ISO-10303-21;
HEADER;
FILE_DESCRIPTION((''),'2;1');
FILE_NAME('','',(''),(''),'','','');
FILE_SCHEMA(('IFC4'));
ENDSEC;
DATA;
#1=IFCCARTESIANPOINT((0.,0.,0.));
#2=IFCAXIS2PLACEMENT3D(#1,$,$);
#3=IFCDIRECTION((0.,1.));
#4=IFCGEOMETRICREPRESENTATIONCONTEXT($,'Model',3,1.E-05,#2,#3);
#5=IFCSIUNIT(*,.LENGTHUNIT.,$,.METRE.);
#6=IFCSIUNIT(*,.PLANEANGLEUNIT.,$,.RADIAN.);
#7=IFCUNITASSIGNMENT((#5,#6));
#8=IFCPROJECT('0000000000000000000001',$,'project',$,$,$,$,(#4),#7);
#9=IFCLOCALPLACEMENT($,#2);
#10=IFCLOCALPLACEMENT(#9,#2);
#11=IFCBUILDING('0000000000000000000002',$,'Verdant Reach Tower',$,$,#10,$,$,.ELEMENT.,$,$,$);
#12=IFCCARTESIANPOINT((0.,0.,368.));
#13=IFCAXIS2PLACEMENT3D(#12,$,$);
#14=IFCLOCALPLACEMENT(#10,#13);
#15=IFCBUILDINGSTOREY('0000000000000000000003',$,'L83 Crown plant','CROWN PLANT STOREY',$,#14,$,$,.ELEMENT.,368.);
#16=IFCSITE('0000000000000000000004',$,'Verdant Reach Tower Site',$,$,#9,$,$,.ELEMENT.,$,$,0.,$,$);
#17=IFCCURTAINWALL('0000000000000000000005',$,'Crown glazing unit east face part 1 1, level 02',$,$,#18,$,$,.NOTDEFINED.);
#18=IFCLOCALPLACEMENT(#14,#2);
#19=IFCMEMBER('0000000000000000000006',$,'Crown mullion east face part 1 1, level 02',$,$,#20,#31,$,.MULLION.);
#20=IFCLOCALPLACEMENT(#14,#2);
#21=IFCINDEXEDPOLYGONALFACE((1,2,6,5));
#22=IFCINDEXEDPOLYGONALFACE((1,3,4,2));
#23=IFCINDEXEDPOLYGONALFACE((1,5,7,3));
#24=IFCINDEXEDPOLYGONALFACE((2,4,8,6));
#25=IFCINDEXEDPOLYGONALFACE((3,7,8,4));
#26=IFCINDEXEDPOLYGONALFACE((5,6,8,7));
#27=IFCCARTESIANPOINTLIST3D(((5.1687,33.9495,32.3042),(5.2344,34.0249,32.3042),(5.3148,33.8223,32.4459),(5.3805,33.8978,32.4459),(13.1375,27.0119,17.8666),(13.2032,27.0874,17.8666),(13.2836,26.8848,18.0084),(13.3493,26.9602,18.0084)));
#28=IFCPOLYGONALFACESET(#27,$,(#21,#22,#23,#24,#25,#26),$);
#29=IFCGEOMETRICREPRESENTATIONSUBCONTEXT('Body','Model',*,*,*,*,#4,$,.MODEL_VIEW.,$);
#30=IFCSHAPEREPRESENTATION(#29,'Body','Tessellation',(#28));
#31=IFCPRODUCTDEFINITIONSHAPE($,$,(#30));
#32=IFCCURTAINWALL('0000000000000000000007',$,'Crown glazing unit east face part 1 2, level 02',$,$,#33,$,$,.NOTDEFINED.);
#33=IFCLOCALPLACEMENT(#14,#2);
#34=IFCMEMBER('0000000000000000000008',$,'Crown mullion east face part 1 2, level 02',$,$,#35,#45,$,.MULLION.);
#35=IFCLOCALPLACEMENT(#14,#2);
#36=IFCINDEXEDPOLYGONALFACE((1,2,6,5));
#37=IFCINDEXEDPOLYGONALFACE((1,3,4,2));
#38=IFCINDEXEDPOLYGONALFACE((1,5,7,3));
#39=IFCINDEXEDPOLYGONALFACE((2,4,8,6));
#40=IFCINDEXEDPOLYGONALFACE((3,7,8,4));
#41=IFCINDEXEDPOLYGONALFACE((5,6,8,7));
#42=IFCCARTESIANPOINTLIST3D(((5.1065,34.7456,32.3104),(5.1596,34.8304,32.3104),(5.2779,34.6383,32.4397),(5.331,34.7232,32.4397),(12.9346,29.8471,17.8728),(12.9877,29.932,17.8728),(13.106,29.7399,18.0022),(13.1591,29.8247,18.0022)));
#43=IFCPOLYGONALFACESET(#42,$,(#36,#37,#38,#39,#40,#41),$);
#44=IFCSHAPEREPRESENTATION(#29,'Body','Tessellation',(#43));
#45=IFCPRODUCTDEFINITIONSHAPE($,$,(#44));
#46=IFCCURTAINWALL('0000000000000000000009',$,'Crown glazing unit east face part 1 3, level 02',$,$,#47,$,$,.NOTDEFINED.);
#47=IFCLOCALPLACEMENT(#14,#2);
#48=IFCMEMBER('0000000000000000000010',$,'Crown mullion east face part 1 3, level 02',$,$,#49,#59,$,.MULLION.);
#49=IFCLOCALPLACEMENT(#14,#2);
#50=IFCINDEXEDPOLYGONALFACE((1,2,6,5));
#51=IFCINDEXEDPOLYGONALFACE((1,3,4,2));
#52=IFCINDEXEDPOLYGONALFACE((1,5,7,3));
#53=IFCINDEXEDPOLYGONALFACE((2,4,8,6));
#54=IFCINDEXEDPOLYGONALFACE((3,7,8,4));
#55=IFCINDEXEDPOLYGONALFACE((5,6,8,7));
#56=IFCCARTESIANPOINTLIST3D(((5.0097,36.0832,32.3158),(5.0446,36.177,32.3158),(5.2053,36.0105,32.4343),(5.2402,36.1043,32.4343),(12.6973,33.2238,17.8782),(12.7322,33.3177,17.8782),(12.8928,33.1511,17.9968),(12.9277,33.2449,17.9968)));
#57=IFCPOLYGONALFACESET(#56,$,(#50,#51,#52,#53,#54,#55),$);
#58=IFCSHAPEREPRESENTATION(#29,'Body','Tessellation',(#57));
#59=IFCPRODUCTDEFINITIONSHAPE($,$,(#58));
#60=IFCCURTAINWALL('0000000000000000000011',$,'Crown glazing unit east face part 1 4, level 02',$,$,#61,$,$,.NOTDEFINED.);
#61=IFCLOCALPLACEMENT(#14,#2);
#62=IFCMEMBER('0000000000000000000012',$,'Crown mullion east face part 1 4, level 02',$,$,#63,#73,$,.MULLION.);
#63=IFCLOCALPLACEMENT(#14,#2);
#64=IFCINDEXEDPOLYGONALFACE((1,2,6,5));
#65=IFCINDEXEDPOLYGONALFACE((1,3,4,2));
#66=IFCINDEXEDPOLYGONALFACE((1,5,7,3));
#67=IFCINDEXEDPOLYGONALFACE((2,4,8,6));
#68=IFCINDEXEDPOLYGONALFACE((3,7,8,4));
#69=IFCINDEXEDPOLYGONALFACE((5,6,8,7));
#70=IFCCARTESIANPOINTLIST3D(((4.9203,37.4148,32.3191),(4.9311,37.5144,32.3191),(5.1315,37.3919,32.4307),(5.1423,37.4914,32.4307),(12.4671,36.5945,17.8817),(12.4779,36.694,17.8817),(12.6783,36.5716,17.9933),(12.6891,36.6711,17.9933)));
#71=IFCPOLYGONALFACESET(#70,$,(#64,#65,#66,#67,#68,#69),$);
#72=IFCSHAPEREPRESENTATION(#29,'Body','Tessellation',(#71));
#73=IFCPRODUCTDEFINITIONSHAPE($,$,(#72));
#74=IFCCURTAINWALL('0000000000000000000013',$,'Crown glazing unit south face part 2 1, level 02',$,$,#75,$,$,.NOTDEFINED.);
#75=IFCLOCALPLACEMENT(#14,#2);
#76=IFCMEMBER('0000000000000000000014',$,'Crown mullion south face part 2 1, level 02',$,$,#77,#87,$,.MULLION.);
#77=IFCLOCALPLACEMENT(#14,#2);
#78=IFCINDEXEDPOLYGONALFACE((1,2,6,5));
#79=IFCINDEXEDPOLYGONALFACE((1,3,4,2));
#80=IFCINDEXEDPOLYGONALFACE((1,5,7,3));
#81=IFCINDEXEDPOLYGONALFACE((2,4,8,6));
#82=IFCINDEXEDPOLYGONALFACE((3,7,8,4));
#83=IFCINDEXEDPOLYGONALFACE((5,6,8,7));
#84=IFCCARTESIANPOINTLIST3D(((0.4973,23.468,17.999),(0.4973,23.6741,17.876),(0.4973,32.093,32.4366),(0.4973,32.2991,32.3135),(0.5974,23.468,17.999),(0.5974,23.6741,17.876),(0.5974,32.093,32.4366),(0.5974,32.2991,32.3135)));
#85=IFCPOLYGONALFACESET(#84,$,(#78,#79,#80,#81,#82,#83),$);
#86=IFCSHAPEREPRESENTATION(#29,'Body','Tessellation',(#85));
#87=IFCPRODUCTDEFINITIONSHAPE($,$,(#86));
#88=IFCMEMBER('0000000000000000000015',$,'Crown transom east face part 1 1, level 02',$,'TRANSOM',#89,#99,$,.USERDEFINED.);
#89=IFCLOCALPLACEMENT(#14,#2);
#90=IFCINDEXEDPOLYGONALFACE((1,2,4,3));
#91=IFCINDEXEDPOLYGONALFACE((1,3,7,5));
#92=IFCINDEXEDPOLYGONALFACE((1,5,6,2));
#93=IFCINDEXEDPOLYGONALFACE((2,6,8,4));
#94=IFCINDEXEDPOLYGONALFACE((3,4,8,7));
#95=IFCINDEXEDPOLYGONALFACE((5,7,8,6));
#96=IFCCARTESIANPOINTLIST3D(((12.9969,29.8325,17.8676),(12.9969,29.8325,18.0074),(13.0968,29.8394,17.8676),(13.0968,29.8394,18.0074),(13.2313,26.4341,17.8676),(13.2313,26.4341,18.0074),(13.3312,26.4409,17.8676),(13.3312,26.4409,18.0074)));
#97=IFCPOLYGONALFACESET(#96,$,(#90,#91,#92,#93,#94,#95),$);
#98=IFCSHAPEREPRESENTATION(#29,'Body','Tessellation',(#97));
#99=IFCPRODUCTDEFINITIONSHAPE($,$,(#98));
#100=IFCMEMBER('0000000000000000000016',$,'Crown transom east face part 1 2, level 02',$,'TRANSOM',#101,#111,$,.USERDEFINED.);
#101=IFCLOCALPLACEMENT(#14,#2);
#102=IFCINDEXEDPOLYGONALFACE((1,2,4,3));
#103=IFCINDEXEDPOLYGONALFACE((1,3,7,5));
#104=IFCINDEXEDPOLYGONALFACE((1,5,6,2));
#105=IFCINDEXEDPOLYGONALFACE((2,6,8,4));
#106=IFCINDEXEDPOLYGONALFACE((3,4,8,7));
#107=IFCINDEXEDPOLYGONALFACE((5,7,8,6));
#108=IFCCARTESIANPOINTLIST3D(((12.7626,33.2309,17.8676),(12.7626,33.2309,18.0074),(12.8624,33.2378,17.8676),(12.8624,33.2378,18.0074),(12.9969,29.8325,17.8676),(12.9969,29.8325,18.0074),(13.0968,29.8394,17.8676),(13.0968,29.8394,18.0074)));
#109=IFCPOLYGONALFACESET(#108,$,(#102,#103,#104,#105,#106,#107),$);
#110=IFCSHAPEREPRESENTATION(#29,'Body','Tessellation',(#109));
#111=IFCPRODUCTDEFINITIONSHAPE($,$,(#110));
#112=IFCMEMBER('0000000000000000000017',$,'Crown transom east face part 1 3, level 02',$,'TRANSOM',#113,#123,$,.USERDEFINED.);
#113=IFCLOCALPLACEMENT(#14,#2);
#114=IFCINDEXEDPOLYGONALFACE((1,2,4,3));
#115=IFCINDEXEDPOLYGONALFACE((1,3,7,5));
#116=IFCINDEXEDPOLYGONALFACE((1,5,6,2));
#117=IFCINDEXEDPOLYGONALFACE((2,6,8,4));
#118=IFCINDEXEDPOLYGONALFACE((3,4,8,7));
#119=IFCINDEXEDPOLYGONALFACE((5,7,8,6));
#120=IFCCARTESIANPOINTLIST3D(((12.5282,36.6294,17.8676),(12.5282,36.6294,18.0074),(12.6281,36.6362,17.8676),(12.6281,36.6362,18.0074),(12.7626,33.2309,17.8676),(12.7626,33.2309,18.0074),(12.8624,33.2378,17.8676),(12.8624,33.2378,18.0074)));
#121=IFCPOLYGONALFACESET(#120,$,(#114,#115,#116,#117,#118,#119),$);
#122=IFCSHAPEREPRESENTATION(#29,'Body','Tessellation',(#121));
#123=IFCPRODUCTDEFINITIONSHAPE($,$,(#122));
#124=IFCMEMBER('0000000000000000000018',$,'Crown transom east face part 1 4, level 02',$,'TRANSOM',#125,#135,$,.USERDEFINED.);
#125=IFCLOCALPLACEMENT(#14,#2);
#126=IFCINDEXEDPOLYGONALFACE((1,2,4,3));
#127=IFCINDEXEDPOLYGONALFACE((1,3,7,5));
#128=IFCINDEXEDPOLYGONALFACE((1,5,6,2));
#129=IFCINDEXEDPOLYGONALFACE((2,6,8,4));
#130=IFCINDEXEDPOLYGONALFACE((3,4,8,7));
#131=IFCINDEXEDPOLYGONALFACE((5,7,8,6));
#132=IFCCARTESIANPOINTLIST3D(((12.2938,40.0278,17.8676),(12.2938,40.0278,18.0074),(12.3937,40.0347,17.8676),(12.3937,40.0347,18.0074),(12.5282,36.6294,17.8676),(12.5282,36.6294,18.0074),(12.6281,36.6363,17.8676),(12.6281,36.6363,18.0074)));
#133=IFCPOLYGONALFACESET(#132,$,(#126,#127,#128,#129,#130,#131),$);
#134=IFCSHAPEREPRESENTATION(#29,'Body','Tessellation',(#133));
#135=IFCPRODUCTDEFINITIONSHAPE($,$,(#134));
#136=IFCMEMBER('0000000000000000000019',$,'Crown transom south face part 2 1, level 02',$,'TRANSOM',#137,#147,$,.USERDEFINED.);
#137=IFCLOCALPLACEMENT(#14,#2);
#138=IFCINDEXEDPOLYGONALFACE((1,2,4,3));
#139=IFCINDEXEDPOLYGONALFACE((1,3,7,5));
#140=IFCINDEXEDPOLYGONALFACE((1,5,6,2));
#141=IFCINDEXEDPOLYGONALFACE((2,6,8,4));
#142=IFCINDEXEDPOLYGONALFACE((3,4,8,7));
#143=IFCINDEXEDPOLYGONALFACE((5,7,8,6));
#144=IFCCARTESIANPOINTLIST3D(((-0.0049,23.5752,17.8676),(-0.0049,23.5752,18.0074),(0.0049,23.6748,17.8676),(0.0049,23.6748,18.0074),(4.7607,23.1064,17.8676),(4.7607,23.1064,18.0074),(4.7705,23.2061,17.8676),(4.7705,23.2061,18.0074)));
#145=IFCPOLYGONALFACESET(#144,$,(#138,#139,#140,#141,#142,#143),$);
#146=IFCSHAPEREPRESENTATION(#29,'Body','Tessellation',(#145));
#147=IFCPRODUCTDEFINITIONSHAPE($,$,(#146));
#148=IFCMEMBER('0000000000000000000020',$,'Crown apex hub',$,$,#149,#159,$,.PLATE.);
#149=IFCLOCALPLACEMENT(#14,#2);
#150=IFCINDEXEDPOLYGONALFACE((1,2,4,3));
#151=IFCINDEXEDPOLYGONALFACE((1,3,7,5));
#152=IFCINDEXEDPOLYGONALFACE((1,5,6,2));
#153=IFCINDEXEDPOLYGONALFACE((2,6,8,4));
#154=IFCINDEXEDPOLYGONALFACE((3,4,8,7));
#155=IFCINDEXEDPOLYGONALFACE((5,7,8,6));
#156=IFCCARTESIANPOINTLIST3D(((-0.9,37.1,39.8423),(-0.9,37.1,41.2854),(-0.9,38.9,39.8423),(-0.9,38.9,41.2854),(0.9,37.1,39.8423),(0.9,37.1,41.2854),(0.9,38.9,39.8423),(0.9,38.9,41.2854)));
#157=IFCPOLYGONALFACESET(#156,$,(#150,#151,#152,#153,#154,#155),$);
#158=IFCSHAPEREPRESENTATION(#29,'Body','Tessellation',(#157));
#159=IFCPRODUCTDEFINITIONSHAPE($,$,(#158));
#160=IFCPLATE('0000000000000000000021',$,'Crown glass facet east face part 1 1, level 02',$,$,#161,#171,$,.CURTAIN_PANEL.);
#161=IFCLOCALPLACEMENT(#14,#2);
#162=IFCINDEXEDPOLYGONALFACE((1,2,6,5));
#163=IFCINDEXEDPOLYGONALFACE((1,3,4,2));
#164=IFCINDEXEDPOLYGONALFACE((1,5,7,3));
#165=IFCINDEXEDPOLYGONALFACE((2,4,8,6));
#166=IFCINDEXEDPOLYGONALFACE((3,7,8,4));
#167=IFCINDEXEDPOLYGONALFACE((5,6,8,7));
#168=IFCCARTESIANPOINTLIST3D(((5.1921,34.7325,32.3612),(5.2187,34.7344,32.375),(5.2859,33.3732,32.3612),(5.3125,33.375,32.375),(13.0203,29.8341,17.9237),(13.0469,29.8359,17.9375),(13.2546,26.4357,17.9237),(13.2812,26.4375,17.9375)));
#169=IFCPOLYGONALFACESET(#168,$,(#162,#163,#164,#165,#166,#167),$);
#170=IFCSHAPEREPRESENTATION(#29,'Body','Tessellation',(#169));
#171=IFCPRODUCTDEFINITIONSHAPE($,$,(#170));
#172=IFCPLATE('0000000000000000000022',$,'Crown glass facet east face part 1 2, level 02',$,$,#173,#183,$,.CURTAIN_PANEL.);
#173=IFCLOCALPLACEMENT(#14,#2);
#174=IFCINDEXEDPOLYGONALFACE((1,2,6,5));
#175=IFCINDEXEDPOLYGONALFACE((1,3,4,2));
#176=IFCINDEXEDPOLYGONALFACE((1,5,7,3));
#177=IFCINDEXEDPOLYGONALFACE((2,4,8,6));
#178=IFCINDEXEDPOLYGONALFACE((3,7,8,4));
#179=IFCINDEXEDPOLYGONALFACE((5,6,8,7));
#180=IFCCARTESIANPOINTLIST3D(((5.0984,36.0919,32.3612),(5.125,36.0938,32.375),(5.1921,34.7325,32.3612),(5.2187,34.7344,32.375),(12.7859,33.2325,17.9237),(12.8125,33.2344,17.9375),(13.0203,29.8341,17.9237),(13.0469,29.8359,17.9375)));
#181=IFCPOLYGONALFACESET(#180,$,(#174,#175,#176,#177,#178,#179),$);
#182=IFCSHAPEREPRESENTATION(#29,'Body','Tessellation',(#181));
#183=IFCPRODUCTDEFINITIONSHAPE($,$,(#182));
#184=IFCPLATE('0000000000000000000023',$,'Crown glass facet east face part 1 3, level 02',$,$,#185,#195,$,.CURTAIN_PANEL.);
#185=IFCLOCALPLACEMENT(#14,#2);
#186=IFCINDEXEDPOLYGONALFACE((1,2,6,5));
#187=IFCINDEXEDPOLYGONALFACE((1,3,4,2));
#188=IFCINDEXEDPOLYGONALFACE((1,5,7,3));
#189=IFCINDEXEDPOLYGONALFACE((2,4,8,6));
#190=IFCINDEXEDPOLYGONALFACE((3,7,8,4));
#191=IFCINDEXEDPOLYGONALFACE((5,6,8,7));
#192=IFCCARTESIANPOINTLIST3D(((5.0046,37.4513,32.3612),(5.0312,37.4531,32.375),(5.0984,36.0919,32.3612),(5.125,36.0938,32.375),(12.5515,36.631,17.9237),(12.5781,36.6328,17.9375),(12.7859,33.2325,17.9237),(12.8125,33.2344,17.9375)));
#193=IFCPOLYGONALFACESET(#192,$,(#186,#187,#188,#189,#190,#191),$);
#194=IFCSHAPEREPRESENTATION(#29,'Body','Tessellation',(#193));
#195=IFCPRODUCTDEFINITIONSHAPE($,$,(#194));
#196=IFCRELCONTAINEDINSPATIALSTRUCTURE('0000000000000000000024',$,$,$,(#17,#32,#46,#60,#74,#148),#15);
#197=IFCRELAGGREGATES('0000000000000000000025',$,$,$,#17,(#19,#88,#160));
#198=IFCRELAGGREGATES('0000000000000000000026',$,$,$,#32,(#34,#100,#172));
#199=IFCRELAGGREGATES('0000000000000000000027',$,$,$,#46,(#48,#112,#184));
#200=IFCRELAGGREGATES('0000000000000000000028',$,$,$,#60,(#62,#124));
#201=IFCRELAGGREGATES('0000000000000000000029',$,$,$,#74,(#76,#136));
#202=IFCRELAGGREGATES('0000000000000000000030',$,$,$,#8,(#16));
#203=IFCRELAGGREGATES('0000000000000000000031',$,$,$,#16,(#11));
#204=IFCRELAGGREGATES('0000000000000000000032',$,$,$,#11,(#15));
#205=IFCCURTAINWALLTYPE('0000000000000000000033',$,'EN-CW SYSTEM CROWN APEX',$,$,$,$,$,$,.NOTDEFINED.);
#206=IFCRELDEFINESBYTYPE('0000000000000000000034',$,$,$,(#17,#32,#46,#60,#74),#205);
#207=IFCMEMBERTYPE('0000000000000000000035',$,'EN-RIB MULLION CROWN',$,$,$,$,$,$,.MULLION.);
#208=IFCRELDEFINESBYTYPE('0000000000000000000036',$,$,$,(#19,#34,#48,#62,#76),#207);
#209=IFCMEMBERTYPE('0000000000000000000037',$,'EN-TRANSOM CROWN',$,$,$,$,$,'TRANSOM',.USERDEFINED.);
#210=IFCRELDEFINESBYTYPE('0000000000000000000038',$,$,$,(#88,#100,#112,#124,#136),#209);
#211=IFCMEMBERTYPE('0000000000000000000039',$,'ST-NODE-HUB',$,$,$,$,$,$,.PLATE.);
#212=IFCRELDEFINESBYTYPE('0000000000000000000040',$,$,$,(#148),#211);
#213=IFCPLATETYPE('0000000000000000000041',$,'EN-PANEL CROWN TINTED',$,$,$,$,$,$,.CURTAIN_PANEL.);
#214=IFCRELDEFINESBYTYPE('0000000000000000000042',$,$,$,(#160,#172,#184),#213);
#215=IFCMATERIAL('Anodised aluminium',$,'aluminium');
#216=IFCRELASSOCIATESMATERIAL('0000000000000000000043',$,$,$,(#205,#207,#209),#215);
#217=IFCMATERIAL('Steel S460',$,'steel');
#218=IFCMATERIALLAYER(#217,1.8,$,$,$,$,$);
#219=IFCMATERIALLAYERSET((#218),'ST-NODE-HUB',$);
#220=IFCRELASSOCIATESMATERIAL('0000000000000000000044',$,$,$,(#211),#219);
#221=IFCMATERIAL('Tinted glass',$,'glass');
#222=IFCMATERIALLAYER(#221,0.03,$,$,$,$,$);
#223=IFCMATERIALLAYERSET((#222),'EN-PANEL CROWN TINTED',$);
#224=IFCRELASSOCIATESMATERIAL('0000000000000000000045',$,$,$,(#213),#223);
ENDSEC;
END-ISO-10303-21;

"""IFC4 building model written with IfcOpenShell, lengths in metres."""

from ifc_helpers import new_model, si_unit, direction, frame, origin, origin_2d, place, context, subcontext, project, spatial, polyline, rectangle, outline, extrude, material, layer, layer_set, material_profile, profile_set, type_object, element, aggregate, save


model = new_model("IFC4")

# Units and contexts
model_context = context("Model", 3, precision=1e-05, world=origin(), true_north=direction((0.0, 1.0)))
body_context = subcontext(model_context, "Body", "Model", "MODEL_VIEW")
ifc_project = project(units=[si_unit("LENGTHUNIT", "METRE"), si_unit("PLANEANGLEUNIT", "RADIAN")], contexts=[model_context])

# Site, building, storey
site_placement = place(None, origin())
site = spatial("IfcSite", under=ifc_project, at=site_placement, Name="Verdant Reach Tower Site", CompositionType="ELEMENT", RefElevation=0.0)
building_placement = place(site_placement, origin())
building = spatial("IfcBuilding", under=site, at=building_placement, Name="Verdant Reach Tower", CompositionType="ELEMENT")
storey_placement = place(building_placement, frame((0.0, 0.0, 368.0)))
storey = spatial("IfcBuildingStorey", under=building, at=storey_placement, Name="L83 Crown plant", Description="CROWN PLANT STOREY", CompositionType="ELEMENT", Elevation=368.0)

# Curtain walls, members
ifc_material_1 = material(Name="Anodised aluminium", Category="aluminium")
curtain_wall_type = type_object("IfcCurtainWallType", Name="EN-CW SYSTEM CROWN APEX", PredefinedType="NOTDEFINED", material=ifc_material_1)
curtain_wall_1_placement = place(storey_placement, origin())
curtain_wall_1 = element("IfcCurtainWall", 1, at=curtain_wall_1_placement, inside=storey, type_object=curtain_wall_type, Name="Crown glazing unit east face part 1 1, level 02", PredefinedType="NOTDEFINED")
ifc_material_profile_1 = material_profile(ifc_material_1, rectangle(XDim=0.1001, YDim=0.24, at=origin_2d()), Name="Mullion 100x240")
ifc_profile_set_1 = profile_set([ifc_material_profile_1], Name="Anodised aluminium")
member_type_1 = type_object("IfcMemberType", Name="EN-RIB MULLION CROWN", PredefinedType="MULLION", material=ifc_profile_set_1)
member_1_placement = place(storey_placement, frame((13.2434, 26.9861, 17.9375), z_axis=(-0.445417, 0.387775, 0.806991), x_axis=(-0.656618, -0.754223, 0.0)))
member_1 = element("IfcMember", 2, at=member_1_placement, type_object=member_type_1, Name="Crown mullion east face part 1 1, level 02", PredefinedType="MULLION", context=body_context, shape_type="SweptSolid", body=[
    extrude(rectangle(XDim=0.1001, YDim=0.24, at=origin_2d()), origin(), (0.0, 0.0, 1.0), 17.8906),
])
curtain_wall_2_placement = place(storey_placement, origin())
curtain_wall_2 = element("IfcCurtainWall", 3, at=curtain_wall_2_placement, inside=storey, type_object=curtain_wall_type, Name="Crown glazing unit east face part 1 2, level 02", PredefinedType="NOTDEFINED")
member_2_placement = place(storey_placement, frame((13.0469, 29.8359, 17.9375), z_axis=(-0.456766, 0.285821, 0.84242), x_axis=(-0.530455, -0.847713, 0.0)))
member_2 = element("IfcMember", 4, at=member_2_placement, type_object=member_type_1, Name="Crown mullion east face part 1 2, level 02", PredefinedType="MULLION", context=body_context, shape_type="SweptSolid", body=[
    extrude(rectangle(XDim=0.1001, YDim=0.24, at=origin_2d()), origin(), (0.0, 0.0, 1.0), 17.1382),
])
curtain_wall_3_placement = place(storey_placement, origin())
curtain_wall_3 = element("IfcCurtainWall", 5, at=curtain_wall_3_placement, inside=storey, type_object=curtain_wall_type, Name="Crown glazing unit east face part 1 3, level 02", PredefinedType="NOTDEFINED")
member_3_placement = place(storey_placement, frame((12.8125, 33.2344, 17.9375), z_axis=(-0.462972, 0.172203, 0.869484), x_axis=(-0.348617, -0.937265, 0.0)))
member_3 = element("IfcMember", 6, at=member_3_placement, type_object=member_type_1, Name="Crown mullion east face part 1 3, level 02", PredefinedType="MULLION", context=body_context, shape_type="SweptSolid", body=[
    extrude(rectangle(XDim=0.1001, YDim=0.24, at=origin_2d()), origin(), (0.0, 0.0, 1.0), 16.6047),
])
curtain_wall_4_placement = place(storey_placement, origin())
curtain_wall_4 = element("IfcCurtainWall", 7, at=curtain_wall_4_placement, inside=storey, type_object=curtain_wall_type, Name="Crown glazing unit east face part 1 4, level 02", PredefinedType="NOTDEFINED")
member_4_placement = place(storey_placement, frame((12.5781, 36.6328, 17.9375), z_axis=(-0.462668, 0.05029, 0.885104), x_axis=(-0.108059, -0.994144, 0.0)))
member_4 = element("IfcMember", 8, at=member_4_placement, type_object=member_type_1, Name="Crown mullion east face part 1 4, level 02", PredefinedType="MULLION", context=body_context, shape_type="SweptSolid", body=[
    extrude(rectangle(XDim=0.1001, YDim=0.24, at=origin_2d()), origin(), (0.0, 0.0, 1.0), 16.3115),
])
curtain_wall_5_placement = place(storey_placement, origin())
curtain_wall_5 = element("IfcCurtainWall", 9, at=curtain_wall_5_placement, inside=storey, type_object=curtain_wall_type, Name="Crown glazing unit south face part 2 1, level 02", PredefinedType="NOTDEFINED")
member_5_placement = place(storey_placement, frame((0.5474, 23.571, 17.9375), z_axis=(0.0, 0.512855, 0.858475), x_axis=(-1.0, 0.0, 0.0)))
member_5 = element("IfcMember", 10, at=member_5_placement, type_object=member_type_1, Name="Crown mullion south face part 2 1, level 02", PredefinedType="MULLION", context=body_context, shape_type="SweptSolid", body=[
    extrude(rectangle(XDim=0.1001, YDim=0.24, at=origin_2d()), origin(), (0.0, 0.0, 1.0), 16.8176),
])

# Members
ifc_material_profile_2 = material_profile(ifc_material_1, rectangle(XDim=0.1001, YDim=0.1399, at=origin_2d()), Name="Transom 140x100")
ifc_profile_set_2 = profile_set([ifc_material_profile_2], Name="Anodised aluminium")
member_type_2 = type_object("IfcMemberType", Name="EN-TRANSOM CROWN", ElementType="TRANSOM", PredefinedType="USERDEFINED", material=ifc_profile_set_2)
member_6_placement = place(storey_placement, frame((13.2812, 26.4375, 17.9375), z_axis=(-0.068802, 0.99763, 0.0), x_axis=(-0.99763, -0.068802, 0.0)))
member_6 = element("IfcMember", 11, at=member_6_placement, type_object=member_type_2, Name="Crown transom east face part 1 1, level 02", ObjectType="TRANSOM", PredefinedType="USERDEFINED", context=body_context, shape_type="SweptSolid", body=[
    extrude(rectangle(XDim=0.1001, YDim=0.1399, at=origin_2d()), origin(), (0.0, 0.0, 1.0), 3.4065),
])
member_7_placement = place(storey_placement, frame((13.0469, 29.8359, 17.9375), z_axis=(-0.068802, 0.99763, 0.0), x_axis=(-0.99763, -0.068802, 0.0)))
member_7 = element("IfcMember", 12, at=member_7_placement, type_object=member_type_2, Name="Crown transom east face part 1 2, level 02", ObjectType="TRANSOM", PredefinedType="USERDEFINED", context=body_context, shape_type="SweptSolid", body=[
    extrude(rectangle(XDim=0.1001, YDim=0.1399, at=origin_2d()), origin(), (0.0, 0.0, 1.0), 3.4065),
])
member_8_placement = place(storey_placement, frame((12.8125, 33.2344, 17.9375), z_axis=(-0.068802, 0.99763, 0.0), x_axis=(-0.99763, -0.068802, 0.0)))
member_8 = element("IfcMember", 13, at=member_8_placement, type_object=member_type_2, Name="Crown transom east face part 1 3, level 02", ObjectType="TRANSOM", PredefinedType="USERDEFINED", context=body_context, shape_type="SweptSolid", body=[
    extrude(rectangle(XDim=0.1001, YDim=0.1399, at=origin_2d()), origin(), (0.0, 0.0, 1.0), 3.4065),
])
member_9_placement = place(storey_placement, frame((12.5781, 36.6328, 17.9375), z_axis=(-0.068802, 0.99763, 0.0), x_axis=(-0.99763, -0.068802, 0.0)))
member_9 = element("IfcMember", 14, at=member_9_placement, type_object=member_type_2, Name="Crown transom east face part 1 4, level 02", ObjectType="TRANSOM", PredefinedType="USERDEFINED", context=body_context, shape_type="SweptSolid", body=[
    extrude(rectangle(XDim=0.1001, YDim=0.1399, at=origin_2d()), origin(), (0.0, 0.0, 1.0), 3.4065),
])
member_10_placement = place(storey_placement, frame((0.0, 23.625, 17.9375), z_axis=(0.995197, -0.097888, 0.0), x_axis=(0.097888, 0.995197, 0.0)))
member_10 = element("IfcMember", 15, at=member_10_placement, type_object=member_type_2, Name="Crown transom south face part 2 1, level 02", ObjectType="TRANSOM", PredefinedType="USERDEFINED", context=body_context, shape_type="SweptSolid", body=[
    extrude(rectangle(XDim=0.1001, YDim=0.1399, at=origin_2d()), origin(), (0.0, 0.0, 1.0), 4.7886),
])
ifc_material_2 = material(Name="Steel S460", Category="steel")
ifc_layer_1 = layer(ifc_material_2, 1.8)
ifc_layer_set_1 = layer_set([ifc_layer_1], Name="ST-NODE-HUB")
member_type_3 = type_object("IfcMemberType", Name="ST-NODE-HUB", PredefinedType="PLATE", material=ifc_layer_set_1)
member_11_placement = place(storey_placement, frame((0.0, 38.0, 39.8423), z_axis=(0.0, 0.0, 1.0), x_axis=(1.0, 0.0, 0.0)))
element("IfcMember", 16, at=member_11_placement, inside=storey, type_object=member_type_3, Name="Crown apex hub", PredefinedType="PLATE", context=body_context, shape_type="SweptSolid", body=[
    extrude(rectangle(XDim=1.8, YDim=1.8, at=origin_2d()), origin(), (0.0, 0.0, 1.0), 1.4431),
])

# Plates
ifc_material_3 = material(Name="Tinted glass", Category="glass")
ifc_layer_2 = layer(ifc_material_3, 0.03)
ifc_layer_set_2 = layer_set([ifc_layer_2], Name="EN-PANEL CROWN TINTED")
plate_type_1 = type_object("IfcPlateType", Name="EN-PANEL CROWN TINTED", PredefinedType="CURTAIN_PANEL", material=ifc_layer_set_2)
plate_1_placement = place(storey_placement, frame((13.2812, 26.4375, 17.9375), z_axis=(0.885991, 0.061103, 0.45966), x_axis=(-0.068802, 0.99763, 0.0)))
plate_1 = element("IfcPlate", 17, at=plate_1_placement, type_object=plate_type_1, Name="Crown glass facet east face part 1 1, level 02", PredefinedType="CURTAIN_PANEL", context=body_context, shape_type="SweptSolid", body=[
    extrude(outline(polyline([(0.0, 0.0), (3.4065, 0.0), (8.8319, 16.2567), (7.4693, 16.2567), (0.0, 0.0)])), origin(), (0.0, 0.0, -1.0), 0.03),
])
aggregate(curtain_wall_1, [member_1, member_6, plate_1])
plate_2_placement = place(storey_placement, frame((13.0469, 29.8359, 17.9375), z_axis=(0.885991, 0.061103, 0.45966), x_axis=(-0.068802, 0.99763, 0.0)))
plate_2 = element("IfcPlate", 18, at=plate_2_placement, type_object=plate_type_1, Name="Crown glass facet east face part 1 2, level 02", PredefinedType="CURTAIN_PANEL", context=body_context, shape_type="SweptSolid", body=[
    extrude(outline(polyline([(0.0, 0.0), (3.4065, 0.0), (6.788, 16.2567), (5.4254, 16.2567), (0.0, 0.0)])), origin(), (0.0, 0.0, -1.0), 0.03),
])
aggregate(curtain_wall_2, [member_2, member_7, plate_2])
plate_3_placement = place(storey_placement, frame((12.8125, 33.2344, 17.9375), z_axis=(0.885991, 0.061103, 0.45966), x_axis=(-0.068802, 0.99763, 0.0)))
plate_3 = element("IfcPlate", 19, at=plate_3_placement, type_object=plate_type_1, Name="Crown glass facet east face part 1 3, level 02", PredefinedType="CURTAIN_PANEL", context=body_context, shape_type="SweptSolid", body=[
    extrude(outline(polyline([(0.0, 0.0), (3.4065, 0.0), (4.7441, 16.2567), (3.3815, 16.2567), (0.0, 0.0)])), origin(), (0.0, 0.0, -1.0), 0.03),
])
aggregate(curtain_wall_3, [member_3, member_8, plate_3])
aggregate(curtain_wall_4, [member_4, member_9])
aggregate(curtain_wall_5, [member_5, member_10])

save(model, "model.ifc")
